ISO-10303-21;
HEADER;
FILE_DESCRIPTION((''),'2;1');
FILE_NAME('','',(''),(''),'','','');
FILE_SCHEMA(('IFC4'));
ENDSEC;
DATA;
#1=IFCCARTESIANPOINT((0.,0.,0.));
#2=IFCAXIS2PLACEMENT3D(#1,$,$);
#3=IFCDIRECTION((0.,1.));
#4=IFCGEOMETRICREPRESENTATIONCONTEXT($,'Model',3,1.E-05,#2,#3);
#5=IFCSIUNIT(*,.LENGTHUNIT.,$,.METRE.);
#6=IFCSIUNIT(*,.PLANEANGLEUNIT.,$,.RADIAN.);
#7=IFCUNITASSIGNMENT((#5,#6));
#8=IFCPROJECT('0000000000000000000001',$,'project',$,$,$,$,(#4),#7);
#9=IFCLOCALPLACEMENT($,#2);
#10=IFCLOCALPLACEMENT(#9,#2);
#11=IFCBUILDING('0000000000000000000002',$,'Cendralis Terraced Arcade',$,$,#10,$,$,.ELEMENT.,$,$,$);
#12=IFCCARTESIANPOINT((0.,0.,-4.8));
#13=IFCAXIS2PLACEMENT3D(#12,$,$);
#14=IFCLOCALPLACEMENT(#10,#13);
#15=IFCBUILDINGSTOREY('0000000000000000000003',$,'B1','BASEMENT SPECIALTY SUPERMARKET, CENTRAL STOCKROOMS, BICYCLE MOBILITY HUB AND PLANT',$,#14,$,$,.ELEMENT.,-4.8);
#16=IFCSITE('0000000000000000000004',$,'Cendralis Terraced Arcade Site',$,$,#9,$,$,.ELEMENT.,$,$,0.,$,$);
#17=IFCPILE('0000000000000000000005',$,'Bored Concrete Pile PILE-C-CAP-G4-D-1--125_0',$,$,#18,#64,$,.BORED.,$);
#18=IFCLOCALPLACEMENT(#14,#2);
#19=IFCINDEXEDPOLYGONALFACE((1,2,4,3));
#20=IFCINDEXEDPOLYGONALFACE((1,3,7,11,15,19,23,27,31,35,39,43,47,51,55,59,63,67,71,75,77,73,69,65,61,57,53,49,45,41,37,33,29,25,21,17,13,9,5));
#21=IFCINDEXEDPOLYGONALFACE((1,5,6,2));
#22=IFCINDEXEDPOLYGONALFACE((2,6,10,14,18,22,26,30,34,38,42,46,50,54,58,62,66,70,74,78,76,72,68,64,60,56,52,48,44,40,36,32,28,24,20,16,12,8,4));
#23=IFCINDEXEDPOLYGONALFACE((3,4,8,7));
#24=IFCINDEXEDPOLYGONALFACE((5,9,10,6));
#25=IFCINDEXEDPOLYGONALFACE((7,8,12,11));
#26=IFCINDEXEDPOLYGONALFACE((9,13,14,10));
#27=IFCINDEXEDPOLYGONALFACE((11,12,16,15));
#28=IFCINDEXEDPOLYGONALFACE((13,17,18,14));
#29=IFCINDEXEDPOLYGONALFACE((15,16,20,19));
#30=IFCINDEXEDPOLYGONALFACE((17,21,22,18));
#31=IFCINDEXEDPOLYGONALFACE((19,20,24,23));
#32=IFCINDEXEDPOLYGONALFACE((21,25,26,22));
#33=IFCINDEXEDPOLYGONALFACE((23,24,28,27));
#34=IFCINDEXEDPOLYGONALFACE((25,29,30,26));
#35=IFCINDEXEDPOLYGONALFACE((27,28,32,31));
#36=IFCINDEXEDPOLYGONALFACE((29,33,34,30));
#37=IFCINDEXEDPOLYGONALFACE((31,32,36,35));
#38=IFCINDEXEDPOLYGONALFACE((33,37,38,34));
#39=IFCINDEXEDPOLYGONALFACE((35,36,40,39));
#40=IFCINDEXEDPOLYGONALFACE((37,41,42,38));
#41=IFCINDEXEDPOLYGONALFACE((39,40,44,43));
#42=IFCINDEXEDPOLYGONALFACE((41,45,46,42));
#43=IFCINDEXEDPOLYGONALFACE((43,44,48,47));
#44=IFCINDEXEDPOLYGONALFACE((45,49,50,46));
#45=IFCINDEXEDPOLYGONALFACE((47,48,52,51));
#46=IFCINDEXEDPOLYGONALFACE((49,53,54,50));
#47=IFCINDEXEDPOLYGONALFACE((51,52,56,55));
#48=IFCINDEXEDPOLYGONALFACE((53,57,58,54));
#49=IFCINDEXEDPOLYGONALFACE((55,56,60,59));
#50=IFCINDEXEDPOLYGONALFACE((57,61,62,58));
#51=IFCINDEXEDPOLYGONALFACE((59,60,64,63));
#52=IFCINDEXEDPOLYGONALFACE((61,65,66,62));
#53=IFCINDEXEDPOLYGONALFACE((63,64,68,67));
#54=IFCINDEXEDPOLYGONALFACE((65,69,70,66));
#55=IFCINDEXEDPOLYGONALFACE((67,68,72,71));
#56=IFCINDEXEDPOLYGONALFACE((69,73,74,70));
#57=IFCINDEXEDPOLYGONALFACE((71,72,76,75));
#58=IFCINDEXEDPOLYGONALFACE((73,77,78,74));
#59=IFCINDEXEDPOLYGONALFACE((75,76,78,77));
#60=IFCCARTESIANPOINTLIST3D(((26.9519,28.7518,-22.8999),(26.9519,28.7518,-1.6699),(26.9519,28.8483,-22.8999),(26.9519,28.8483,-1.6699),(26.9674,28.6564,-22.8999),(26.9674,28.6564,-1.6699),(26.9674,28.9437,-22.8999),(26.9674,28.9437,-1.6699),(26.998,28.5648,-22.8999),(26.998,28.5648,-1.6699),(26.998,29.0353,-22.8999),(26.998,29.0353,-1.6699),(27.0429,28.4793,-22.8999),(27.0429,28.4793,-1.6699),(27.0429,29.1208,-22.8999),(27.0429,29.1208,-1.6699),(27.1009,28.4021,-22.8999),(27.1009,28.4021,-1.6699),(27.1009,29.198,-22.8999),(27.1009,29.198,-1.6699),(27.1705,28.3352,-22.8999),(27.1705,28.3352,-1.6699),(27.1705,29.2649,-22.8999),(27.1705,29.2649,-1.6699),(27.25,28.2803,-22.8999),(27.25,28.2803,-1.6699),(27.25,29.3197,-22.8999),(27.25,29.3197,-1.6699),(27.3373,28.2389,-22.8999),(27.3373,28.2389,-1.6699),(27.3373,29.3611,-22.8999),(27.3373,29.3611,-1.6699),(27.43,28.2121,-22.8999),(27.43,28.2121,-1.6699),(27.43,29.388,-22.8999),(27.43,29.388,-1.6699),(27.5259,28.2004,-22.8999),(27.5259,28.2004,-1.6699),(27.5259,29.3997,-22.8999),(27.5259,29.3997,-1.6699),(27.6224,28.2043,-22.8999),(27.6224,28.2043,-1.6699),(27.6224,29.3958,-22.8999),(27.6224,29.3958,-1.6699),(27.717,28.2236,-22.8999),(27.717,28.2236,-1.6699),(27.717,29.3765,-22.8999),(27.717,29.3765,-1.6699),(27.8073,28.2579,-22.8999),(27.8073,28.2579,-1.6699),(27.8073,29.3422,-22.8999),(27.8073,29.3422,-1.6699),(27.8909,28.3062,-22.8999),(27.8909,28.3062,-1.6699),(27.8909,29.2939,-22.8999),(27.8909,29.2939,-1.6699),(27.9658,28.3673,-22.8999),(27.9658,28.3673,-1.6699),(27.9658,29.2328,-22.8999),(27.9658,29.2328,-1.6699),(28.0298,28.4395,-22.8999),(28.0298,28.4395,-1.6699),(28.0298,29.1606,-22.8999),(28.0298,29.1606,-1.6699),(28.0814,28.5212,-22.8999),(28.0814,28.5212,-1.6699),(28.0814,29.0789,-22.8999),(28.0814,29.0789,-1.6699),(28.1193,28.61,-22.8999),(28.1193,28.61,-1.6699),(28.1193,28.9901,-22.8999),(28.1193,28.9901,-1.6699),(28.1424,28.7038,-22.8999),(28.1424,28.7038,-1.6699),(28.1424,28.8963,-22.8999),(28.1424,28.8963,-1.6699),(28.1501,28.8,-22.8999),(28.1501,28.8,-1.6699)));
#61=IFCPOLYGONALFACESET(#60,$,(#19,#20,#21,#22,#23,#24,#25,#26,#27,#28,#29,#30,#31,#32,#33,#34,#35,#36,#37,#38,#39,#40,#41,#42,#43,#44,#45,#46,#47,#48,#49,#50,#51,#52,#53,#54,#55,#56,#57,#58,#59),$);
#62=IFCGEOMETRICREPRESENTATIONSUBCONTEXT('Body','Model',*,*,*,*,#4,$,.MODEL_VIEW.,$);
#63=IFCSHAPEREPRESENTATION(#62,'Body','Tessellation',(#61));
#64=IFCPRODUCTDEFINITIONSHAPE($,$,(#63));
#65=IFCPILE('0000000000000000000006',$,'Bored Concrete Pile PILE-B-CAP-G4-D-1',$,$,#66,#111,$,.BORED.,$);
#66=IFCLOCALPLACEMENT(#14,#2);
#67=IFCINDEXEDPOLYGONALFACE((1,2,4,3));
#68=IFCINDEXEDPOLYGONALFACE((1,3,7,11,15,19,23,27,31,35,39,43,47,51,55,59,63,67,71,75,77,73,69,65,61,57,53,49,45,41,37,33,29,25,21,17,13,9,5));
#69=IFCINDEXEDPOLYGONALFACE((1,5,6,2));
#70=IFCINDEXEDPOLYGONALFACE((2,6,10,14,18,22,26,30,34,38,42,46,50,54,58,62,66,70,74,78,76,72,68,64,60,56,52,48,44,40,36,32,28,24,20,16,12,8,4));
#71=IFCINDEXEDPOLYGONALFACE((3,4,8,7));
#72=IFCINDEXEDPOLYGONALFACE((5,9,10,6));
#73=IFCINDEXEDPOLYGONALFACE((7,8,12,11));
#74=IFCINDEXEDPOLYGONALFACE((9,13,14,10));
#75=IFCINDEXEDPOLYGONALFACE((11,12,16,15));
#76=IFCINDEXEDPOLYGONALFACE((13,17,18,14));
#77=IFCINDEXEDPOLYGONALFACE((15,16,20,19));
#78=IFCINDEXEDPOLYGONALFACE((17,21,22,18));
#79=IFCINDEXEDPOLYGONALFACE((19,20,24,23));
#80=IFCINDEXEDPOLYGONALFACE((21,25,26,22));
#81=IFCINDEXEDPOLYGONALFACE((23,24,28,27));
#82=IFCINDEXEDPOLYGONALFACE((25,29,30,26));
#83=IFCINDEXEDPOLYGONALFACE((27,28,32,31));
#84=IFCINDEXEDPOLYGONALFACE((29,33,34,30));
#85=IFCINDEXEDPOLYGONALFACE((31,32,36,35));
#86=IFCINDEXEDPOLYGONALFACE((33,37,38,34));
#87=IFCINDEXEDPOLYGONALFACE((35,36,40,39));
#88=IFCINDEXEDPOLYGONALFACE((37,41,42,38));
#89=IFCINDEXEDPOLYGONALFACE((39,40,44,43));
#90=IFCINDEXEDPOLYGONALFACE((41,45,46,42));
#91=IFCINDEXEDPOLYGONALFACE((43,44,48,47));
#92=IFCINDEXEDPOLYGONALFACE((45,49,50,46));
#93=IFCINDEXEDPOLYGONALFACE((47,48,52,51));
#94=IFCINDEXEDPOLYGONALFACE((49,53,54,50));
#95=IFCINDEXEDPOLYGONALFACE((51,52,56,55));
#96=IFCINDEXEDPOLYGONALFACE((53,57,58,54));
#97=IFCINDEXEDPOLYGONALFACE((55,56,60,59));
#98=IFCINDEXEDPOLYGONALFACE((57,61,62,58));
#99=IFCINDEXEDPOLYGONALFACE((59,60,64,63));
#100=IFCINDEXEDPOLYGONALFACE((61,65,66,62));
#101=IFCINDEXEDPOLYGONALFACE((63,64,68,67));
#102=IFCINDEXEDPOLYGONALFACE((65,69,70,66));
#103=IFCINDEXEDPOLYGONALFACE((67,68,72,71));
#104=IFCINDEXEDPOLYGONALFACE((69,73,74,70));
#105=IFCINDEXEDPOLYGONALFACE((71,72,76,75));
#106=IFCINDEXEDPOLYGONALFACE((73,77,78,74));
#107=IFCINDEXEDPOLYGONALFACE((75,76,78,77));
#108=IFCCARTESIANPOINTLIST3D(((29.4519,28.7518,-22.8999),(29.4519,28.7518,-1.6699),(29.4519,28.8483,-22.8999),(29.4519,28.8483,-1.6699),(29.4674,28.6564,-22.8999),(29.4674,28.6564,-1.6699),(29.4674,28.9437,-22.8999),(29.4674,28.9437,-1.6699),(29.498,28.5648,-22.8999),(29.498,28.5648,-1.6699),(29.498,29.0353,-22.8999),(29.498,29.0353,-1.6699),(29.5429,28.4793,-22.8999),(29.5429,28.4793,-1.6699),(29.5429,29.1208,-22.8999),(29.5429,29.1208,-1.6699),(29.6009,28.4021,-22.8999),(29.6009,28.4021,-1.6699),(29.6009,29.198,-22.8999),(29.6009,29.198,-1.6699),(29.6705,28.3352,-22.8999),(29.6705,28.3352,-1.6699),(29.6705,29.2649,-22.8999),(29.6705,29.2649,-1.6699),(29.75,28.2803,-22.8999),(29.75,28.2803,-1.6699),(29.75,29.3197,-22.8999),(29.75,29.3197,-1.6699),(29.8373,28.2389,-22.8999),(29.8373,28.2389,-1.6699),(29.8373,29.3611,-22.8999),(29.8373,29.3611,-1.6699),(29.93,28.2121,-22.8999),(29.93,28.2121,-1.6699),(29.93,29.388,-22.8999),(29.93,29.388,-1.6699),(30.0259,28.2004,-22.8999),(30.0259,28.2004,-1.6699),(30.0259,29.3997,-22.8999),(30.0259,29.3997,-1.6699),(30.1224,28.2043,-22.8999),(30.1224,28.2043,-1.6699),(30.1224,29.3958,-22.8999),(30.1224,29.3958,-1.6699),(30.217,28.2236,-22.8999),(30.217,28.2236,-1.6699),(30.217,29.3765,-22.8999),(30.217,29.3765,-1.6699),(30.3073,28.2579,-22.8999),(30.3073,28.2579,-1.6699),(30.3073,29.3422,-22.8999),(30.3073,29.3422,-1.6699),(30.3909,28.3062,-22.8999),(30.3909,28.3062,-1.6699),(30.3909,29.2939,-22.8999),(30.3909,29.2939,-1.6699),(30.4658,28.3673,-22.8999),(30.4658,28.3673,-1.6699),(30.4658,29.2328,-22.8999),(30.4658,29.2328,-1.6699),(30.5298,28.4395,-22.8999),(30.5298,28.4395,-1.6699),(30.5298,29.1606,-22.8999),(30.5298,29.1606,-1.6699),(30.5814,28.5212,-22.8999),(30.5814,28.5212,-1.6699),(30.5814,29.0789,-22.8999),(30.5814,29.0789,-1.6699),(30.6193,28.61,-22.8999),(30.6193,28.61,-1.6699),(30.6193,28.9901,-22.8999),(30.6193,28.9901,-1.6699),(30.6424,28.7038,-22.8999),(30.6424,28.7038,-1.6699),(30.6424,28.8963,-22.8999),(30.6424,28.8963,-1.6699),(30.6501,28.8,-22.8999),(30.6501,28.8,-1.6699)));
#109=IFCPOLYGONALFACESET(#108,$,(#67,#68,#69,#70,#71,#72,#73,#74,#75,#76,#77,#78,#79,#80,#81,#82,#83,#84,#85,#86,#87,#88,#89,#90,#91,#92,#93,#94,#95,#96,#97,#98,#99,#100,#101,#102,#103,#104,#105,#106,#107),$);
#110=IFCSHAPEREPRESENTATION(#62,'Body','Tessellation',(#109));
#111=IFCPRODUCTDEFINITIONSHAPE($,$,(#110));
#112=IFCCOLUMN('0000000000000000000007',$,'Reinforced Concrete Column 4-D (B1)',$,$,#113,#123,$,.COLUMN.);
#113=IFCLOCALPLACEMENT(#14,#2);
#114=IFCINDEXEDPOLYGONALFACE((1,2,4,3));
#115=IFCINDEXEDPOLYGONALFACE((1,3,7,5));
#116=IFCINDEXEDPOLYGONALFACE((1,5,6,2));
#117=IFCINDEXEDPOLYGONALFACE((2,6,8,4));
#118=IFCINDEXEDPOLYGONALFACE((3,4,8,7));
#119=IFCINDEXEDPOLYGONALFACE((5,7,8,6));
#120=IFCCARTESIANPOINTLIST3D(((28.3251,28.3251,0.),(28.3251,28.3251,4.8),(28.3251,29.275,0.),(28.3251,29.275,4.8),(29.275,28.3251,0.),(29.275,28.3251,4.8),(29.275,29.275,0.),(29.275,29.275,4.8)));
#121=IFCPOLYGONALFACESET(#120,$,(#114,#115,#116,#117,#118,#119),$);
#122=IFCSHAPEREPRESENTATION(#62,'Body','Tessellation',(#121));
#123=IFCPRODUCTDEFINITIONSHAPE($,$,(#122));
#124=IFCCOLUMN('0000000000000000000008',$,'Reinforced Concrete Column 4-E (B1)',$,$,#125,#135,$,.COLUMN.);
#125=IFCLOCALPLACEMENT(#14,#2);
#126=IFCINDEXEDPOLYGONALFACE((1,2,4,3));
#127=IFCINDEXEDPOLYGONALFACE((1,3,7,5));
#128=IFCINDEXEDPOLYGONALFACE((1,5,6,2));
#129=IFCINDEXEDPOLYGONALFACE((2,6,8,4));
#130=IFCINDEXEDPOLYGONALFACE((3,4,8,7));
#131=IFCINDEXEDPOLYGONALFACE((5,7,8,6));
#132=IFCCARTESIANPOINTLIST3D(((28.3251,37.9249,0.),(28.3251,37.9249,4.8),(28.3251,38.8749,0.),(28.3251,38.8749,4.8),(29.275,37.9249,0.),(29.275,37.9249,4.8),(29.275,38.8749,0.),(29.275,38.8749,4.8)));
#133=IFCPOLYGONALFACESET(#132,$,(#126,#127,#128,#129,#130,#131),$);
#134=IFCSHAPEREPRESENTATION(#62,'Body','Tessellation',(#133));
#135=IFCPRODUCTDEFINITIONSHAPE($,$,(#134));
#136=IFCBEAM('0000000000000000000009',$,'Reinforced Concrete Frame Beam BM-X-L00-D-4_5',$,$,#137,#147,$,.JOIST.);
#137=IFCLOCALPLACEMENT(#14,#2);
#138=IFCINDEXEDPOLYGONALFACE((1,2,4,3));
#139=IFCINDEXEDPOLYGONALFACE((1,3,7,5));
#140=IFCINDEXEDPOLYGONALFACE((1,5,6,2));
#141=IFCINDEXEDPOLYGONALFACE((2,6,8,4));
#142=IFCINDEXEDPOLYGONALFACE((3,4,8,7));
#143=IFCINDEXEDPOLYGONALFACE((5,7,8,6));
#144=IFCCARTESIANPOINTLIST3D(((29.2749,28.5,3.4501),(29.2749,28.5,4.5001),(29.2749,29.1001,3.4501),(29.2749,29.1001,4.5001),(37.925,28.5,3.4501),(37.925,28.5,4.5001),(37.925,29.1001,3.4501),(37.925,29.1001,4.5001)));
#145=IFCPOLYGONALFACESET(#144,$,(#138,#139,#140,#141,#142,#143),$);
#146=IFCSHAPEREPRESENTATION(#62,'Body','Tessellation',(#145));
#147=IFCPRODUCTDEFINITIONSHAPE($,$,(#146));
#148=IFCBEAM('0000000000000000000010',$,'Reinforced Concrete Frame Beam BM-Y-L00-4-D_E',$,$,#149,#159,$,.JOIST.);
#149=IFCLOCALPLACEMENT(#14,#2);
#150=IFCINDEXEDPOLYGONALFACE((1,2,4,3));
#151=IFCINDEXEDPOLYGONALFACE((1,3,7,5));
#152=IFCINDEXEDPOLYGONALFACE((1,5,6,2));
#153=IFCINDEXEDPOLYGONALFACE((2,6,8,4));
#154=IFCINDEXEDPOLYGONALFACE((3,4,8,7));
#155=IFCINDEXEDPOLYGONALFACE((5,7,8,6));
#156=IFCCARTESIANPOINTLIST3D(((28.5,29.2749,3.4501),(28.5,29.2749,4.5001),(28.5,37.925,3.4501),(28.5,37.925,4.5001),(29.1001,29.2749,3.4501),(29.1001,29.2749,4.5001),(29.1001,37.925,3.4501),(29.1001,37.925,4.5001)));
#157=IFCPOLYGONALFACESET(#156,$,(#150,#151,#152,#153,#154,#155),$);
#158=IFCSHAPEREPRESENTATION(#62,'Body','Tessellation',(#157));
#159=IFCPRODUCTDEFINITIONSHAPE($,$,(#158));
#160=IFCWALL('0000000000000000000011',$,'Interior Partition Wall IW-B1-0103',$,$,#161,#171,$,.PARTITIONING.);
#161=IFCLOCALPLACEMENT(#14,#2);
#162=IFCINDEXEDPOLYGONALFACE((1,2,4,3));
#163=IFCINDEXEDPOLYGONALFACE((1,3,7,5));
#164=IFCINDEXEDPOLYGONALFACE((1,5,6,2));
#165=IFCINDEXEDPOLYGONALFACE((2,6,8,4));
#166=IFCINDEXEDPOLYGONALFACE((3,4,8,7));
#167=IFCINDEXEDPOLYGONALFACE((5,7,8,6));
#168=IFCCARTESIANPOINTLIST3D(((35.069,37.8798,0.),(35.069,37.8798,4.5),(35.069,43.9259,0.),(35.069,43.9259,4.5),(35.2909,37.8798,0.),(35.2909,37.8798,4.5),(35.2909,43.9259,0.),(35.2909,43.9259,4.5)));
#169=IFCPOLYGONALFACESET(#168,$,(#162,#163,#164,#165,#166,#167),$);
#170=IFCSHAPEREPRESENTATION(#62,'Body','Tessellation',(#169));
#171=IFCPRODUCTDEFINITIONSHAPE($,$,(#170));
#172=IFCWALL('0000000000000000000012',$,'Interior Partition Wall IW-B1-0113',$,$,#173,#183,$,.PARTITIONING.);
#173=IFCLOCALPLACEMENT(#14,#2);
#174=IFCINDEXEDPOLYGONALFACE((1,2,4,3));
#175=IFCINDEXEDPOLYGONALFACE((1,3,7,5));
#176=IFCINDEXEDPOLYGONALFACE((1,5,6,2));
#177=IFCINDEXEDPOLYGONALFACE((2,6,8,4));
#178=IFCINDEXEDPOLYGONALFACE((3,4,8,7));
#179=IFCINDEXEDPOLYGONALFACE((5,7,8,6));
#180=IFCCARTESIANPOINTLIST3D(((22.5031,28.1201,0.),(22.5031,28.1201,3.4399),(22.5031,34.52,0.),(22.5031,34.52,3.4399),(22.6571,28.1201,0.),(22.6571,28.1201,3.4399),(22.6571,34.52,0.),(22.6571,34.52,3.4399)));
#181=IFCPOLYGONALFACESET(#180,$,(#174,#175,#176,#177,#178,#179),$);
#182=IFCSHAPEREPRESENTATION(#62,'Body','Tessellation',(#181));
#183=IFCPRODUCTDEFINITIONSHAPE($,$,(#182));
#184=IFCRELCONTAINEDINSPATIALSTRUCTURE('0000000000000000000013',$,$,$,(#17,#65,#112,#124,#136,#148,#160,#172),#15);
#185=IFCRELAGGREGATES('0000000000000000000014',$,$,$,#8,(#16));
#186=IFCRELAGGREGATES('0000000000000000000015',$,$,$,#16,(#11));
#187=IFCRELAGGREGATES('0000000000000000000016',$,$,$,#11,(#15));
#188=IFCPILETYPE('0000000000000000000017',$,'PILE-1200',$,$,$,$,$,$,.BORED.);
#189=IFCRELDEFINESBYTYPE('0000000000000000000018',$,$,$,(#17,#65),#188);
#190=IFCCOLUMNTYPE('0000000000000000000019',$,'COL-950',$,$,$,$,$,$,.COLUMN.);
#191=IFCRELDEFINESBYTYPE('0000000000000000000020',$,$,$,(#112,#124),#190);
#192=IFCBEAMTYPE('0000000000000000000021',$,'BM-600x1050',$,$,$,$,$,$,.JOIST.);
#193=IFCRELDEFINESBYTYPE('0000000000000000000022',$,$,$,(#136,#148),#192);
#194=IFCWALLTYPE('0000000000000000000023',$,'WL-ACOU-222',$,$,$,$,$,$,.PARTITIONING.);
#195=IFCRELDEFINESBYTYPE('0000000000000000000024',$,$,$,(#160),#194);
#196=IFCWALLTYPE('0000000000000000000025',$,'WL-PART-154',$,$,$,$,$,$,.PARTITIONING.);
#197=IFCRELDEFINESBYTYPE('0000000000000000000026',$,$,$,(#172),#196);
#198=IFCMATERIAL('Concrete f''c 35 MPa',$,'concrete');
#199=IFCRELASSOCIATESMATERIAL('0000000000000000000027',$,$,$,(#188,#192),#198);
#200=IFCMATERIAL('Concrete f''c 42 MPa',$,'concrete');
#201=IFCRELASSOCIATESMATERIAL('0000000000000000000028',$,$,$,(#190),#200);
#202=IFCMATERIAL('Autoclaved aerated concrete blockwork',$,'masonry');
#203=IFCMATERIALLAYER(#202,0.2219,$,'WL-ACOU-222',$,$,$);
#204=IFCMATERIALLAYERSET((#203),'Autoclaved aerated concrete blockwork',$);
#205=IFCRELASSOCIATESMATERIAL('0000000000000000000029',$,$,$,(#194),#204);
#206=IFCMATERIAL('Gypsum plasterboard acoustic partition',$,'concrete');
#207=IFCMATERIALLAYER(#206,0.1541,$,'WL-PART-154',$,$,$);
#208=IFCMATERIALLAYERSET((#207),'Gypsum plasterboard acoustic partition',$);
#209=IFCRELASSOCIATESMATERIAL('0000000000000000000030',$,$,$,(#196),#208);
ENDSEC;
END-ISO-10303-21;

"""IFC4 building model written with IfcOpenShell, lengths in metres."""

from ifc_helpers import new_model, si_unit, direction, frame, frame_2d, origin, origin_2d, place, context, subcontext, project, spatial, rectangle, circle, extrude, material, layer, layer_set, material_profile, profile_set, type_object, element, save


model = new_model("IFC4")

# Units and contexts
model_context = context("Model", 3, precision=1e-05, world=origin(), true_north=direction((0.0, 1.0)))
body_context = subcontext(model_context, "Body", "Model", "MODEL_VIEW")
ifc_project = project(units=[si_unit("LENGTHUNIT", "METRE"), si_unit("PLANEANGLEUNIT", "RADIAN")], contexts=[model_context])

# Site, building, storey
site_placement = place(None, origin())
site = spatial("IfcSite", under=ifc_project, at=site_placement, Name="Cendralis Terraced Arcade Site", CompositionType="ELEMENT", RefElevation=0.0)
building_placement = place(site_placement, origin())
building = spatial("IfcBuilding", under=site, at=building_placement, Name="Cendralis Terraced Arcade", CompositionType="ELEMENT")
storey_placement = place(building_placement, frame((0.0, 0.0, -4.8)))
storey = spatial("IfcBuildingStorey", under=building, at=storey_placement, Name="B1", Description="BASEMENT SPECIALTY SUPERMARKET, CENTRAL STOCKROOMS, BICYCLE MOBILITY HUB AND PLANT", CompositionType="ELEMENT", Elevation=-4.8)

# Shared definitions
ifc_material_1 = material(Name="Concrete f'c 35 MPa", Category="concrete")

# Piles
ifc_material_profile_1 = material_profile(ifc_material_1, circle(Radius=0.6001, at=origin_2d()), Name="PILE-D1200", Category="LoadBearing")
ifc_profile_set_1 = profile_set([ifc_material_profile_1], Name="Concrete f'c 35 MPa")
pile_type_1 = type_object("IfcPileType", Name="PILE-1200", PredefinedType="BORED", material=ifc_profile_set_1)
for number, where, z_axis, x_axis, name in (
    (1, (27.55, 28.8, -1.6699), (0.0, 0.0, -1.0), (1.0, 0.0, 0.0), "Bored Concrete Pile PILE-C-CAP-G4-D-1--125_0"),
    (2, (30.05, 28.8, -1.6699), (0.0, 0.0, -1.0), (1.0, 0.0, 0.0), "Bored Concrete Pile PILE-B-CAP-G4-D-1"),
):
    element("IfcPile", number, at=place(storey_placement, frame(where, z_axis=z_axis, x_axis=x_axis)), inside=storey, type_object=pile_type_1, Name=name, PredefinedType="BORED", context=body_context, shape_type="SweptSolid", body=[
        extrude(circle(Radius=0.6001, at=origin_2d()), origin(), (0.0, 0.0, 1.0), 21.23),
    ])

# Columns
ifc_material_2 = material(Name="Concrete f'c 42 MPa", Category="concrete")
ifc_material_profile_2 = material_profile(ifc_material_2, rectangle(XDim=0.95, YDim=0.95, at=origin_2d()), Name="RC-COL-950x950", Category="LoadBearing")
ifc_profile_set_2 = profile_set([ifc_material_profile_2], Name="Concrete f'c 42 MPa")
column_type = type_object("IfcColumnType", Name="COL-950", PredefinedType="COLUMN", material=ifc_profile_set_2)
for number, where, z_axis, x_axis, name in (
    (3, (28.8, 28.8, 0.0), (0.0, 0.0, 1.0), (1.0, 0.0, 0.0), "Reinforced Concrete Column 4-D (B1)"),
    (4, (28.8, 38.3999, 0.0), (0.0, 0.0, 1.0), (1.0, 0.0, 0.0), "Reinforced Concrete Column 4-E (B1)"),
):
    element("IfcColumn", number, at=place(storey_placement, frame(where, z_axis=z_axis, x_axis=x_axis)), inside=storey, type_object=column_type, Name=name, PredefinedType="COLUMN", context=body_context, shape_type="SweptSolid", body=[
        extrude(rectangle(XDim=0.95, YDim=0.95, at=origin_2d()), origin(), (0.0, 0.0, 1.0), 4.8),
    ])

# Beams
ifc_material_profile_3 = material_profile(ifc_material_1, rectangle(XDim=0.6001, YDim=1.05, at=origin_2d()), Name="RC-BM-600x1050", Category="LoadBearing")
ifc_profile_set_3 = profile_set([ifc_material_profile_3], Name="Concrete f'c 35 MPa")
beam_type = type_object("IfcBeamType", Name="BM-600x1050", PredefinedType="JOIST", material=ifc_profile_set_3)
for number, where, z_axis, x_axis, name in (
    (5, (29.2749, 28.8, 3.9751), (1.0, 0.0, 0.0), (0.0, 1.0, 0.0), "Reinforced Concrete Frame Beam BM-X-L00-D-4_5"),
    (6, (28.8, 29.2749, 3.9751), (0.0, 1.0, 0.0), (-1.0, 0.0, 0.0), "Reinforced Concrete Frame Beam BM-Y-L00-4-D_E"),
):
    element("IfcBeam", number, at=place(storey_placement, frame(where, z_axis=z_axis, x_axis=x_axis)), inside=storey, type_object=beam_type, Name=name, PredefinedType="JOIST", context=body_context, shape_type="SweptSolid", body=[
        extrude(rectangle(XDim=0.6001, YDim=1.05, at=origin_2d()), origin(), (0.0, 0.0, 1.0), 8.6501),
    ])

# Walls
ifc_material_3 = material(Name="Autoclaved aerated concrete blockwork", Category="masonry")
ifc_layer_1 = layer(ifc_material_3, 0.2219, Name="WL-ACOU-222")
ifc_layer_set_1 = layer_set([ifc_layer_1], Name="Autoclaved aerated concrete blockwork")
wall_type_1 = type_object("IfcWallType", Name="WL-ACOU-222", PredefinedType="PARTITIONING", material=ifc_layer_set_1)
wall_1_placement = place(storey_placement, frame((35.1799, 37.8799, 0.0), z_axis=(0.0, 0.0, 1.0), x_axis=(0.0, 1.0, 0.0)))
element("IfcWall", 7, at=wall_1_placement, inside=storey, type_object=wall_type_1, Name="Interior Partition Wall IW-B1-0103", PredefinedType="PARTITIONING", context=body_context, shape_type="SweptSolid", body=[
    extrude(rectangle(XDim=6.0461, YDim=0.2219, at=frame_2d((3.0229, 0.0))), origin(), (0.0, 0.0, 1.0), 4.5),
])
ifc_material_4 = material(Name="Gypsum plasterboard acoustic partition", Category="concrete")
ifc_layer_2 = layer(ifc_material_4, 0.1541, Name="WL-PART-154")
ifc_layer_set_2 = layer_set([ifc_layer_2], Name="Gypsum plasterboard acoustic partition")
wall_type_2 = type_object("IfcWallType", Name="WL-PART-154", PredefinedType="PARTITIONING", material=ifc_layer_set_2)
wall_2_placement = place(storey_placement, frame((22.5801, 28.1201, 0.0), z_axis=(0.0, 0.0, 1.0), x_axis=(0.0, 1.0, 0.0)))
element("IfcWall", 8, at=wall_2_placement, inside=storey, type_object=wall_type_2, Name="Interior Partition Wall IW-B1-0113", PredefinedType="PARTITIONING", context=body_context, shape_type="SweptSolid", body=[
    extrude(rectangle(XDim=6.3999, YDim=0.1541, at=frame_2d((3.2, 0.0))), origin(), (0.0, 0.0, 1.0), 3.4399),
])

save(model, "model.ifc")
